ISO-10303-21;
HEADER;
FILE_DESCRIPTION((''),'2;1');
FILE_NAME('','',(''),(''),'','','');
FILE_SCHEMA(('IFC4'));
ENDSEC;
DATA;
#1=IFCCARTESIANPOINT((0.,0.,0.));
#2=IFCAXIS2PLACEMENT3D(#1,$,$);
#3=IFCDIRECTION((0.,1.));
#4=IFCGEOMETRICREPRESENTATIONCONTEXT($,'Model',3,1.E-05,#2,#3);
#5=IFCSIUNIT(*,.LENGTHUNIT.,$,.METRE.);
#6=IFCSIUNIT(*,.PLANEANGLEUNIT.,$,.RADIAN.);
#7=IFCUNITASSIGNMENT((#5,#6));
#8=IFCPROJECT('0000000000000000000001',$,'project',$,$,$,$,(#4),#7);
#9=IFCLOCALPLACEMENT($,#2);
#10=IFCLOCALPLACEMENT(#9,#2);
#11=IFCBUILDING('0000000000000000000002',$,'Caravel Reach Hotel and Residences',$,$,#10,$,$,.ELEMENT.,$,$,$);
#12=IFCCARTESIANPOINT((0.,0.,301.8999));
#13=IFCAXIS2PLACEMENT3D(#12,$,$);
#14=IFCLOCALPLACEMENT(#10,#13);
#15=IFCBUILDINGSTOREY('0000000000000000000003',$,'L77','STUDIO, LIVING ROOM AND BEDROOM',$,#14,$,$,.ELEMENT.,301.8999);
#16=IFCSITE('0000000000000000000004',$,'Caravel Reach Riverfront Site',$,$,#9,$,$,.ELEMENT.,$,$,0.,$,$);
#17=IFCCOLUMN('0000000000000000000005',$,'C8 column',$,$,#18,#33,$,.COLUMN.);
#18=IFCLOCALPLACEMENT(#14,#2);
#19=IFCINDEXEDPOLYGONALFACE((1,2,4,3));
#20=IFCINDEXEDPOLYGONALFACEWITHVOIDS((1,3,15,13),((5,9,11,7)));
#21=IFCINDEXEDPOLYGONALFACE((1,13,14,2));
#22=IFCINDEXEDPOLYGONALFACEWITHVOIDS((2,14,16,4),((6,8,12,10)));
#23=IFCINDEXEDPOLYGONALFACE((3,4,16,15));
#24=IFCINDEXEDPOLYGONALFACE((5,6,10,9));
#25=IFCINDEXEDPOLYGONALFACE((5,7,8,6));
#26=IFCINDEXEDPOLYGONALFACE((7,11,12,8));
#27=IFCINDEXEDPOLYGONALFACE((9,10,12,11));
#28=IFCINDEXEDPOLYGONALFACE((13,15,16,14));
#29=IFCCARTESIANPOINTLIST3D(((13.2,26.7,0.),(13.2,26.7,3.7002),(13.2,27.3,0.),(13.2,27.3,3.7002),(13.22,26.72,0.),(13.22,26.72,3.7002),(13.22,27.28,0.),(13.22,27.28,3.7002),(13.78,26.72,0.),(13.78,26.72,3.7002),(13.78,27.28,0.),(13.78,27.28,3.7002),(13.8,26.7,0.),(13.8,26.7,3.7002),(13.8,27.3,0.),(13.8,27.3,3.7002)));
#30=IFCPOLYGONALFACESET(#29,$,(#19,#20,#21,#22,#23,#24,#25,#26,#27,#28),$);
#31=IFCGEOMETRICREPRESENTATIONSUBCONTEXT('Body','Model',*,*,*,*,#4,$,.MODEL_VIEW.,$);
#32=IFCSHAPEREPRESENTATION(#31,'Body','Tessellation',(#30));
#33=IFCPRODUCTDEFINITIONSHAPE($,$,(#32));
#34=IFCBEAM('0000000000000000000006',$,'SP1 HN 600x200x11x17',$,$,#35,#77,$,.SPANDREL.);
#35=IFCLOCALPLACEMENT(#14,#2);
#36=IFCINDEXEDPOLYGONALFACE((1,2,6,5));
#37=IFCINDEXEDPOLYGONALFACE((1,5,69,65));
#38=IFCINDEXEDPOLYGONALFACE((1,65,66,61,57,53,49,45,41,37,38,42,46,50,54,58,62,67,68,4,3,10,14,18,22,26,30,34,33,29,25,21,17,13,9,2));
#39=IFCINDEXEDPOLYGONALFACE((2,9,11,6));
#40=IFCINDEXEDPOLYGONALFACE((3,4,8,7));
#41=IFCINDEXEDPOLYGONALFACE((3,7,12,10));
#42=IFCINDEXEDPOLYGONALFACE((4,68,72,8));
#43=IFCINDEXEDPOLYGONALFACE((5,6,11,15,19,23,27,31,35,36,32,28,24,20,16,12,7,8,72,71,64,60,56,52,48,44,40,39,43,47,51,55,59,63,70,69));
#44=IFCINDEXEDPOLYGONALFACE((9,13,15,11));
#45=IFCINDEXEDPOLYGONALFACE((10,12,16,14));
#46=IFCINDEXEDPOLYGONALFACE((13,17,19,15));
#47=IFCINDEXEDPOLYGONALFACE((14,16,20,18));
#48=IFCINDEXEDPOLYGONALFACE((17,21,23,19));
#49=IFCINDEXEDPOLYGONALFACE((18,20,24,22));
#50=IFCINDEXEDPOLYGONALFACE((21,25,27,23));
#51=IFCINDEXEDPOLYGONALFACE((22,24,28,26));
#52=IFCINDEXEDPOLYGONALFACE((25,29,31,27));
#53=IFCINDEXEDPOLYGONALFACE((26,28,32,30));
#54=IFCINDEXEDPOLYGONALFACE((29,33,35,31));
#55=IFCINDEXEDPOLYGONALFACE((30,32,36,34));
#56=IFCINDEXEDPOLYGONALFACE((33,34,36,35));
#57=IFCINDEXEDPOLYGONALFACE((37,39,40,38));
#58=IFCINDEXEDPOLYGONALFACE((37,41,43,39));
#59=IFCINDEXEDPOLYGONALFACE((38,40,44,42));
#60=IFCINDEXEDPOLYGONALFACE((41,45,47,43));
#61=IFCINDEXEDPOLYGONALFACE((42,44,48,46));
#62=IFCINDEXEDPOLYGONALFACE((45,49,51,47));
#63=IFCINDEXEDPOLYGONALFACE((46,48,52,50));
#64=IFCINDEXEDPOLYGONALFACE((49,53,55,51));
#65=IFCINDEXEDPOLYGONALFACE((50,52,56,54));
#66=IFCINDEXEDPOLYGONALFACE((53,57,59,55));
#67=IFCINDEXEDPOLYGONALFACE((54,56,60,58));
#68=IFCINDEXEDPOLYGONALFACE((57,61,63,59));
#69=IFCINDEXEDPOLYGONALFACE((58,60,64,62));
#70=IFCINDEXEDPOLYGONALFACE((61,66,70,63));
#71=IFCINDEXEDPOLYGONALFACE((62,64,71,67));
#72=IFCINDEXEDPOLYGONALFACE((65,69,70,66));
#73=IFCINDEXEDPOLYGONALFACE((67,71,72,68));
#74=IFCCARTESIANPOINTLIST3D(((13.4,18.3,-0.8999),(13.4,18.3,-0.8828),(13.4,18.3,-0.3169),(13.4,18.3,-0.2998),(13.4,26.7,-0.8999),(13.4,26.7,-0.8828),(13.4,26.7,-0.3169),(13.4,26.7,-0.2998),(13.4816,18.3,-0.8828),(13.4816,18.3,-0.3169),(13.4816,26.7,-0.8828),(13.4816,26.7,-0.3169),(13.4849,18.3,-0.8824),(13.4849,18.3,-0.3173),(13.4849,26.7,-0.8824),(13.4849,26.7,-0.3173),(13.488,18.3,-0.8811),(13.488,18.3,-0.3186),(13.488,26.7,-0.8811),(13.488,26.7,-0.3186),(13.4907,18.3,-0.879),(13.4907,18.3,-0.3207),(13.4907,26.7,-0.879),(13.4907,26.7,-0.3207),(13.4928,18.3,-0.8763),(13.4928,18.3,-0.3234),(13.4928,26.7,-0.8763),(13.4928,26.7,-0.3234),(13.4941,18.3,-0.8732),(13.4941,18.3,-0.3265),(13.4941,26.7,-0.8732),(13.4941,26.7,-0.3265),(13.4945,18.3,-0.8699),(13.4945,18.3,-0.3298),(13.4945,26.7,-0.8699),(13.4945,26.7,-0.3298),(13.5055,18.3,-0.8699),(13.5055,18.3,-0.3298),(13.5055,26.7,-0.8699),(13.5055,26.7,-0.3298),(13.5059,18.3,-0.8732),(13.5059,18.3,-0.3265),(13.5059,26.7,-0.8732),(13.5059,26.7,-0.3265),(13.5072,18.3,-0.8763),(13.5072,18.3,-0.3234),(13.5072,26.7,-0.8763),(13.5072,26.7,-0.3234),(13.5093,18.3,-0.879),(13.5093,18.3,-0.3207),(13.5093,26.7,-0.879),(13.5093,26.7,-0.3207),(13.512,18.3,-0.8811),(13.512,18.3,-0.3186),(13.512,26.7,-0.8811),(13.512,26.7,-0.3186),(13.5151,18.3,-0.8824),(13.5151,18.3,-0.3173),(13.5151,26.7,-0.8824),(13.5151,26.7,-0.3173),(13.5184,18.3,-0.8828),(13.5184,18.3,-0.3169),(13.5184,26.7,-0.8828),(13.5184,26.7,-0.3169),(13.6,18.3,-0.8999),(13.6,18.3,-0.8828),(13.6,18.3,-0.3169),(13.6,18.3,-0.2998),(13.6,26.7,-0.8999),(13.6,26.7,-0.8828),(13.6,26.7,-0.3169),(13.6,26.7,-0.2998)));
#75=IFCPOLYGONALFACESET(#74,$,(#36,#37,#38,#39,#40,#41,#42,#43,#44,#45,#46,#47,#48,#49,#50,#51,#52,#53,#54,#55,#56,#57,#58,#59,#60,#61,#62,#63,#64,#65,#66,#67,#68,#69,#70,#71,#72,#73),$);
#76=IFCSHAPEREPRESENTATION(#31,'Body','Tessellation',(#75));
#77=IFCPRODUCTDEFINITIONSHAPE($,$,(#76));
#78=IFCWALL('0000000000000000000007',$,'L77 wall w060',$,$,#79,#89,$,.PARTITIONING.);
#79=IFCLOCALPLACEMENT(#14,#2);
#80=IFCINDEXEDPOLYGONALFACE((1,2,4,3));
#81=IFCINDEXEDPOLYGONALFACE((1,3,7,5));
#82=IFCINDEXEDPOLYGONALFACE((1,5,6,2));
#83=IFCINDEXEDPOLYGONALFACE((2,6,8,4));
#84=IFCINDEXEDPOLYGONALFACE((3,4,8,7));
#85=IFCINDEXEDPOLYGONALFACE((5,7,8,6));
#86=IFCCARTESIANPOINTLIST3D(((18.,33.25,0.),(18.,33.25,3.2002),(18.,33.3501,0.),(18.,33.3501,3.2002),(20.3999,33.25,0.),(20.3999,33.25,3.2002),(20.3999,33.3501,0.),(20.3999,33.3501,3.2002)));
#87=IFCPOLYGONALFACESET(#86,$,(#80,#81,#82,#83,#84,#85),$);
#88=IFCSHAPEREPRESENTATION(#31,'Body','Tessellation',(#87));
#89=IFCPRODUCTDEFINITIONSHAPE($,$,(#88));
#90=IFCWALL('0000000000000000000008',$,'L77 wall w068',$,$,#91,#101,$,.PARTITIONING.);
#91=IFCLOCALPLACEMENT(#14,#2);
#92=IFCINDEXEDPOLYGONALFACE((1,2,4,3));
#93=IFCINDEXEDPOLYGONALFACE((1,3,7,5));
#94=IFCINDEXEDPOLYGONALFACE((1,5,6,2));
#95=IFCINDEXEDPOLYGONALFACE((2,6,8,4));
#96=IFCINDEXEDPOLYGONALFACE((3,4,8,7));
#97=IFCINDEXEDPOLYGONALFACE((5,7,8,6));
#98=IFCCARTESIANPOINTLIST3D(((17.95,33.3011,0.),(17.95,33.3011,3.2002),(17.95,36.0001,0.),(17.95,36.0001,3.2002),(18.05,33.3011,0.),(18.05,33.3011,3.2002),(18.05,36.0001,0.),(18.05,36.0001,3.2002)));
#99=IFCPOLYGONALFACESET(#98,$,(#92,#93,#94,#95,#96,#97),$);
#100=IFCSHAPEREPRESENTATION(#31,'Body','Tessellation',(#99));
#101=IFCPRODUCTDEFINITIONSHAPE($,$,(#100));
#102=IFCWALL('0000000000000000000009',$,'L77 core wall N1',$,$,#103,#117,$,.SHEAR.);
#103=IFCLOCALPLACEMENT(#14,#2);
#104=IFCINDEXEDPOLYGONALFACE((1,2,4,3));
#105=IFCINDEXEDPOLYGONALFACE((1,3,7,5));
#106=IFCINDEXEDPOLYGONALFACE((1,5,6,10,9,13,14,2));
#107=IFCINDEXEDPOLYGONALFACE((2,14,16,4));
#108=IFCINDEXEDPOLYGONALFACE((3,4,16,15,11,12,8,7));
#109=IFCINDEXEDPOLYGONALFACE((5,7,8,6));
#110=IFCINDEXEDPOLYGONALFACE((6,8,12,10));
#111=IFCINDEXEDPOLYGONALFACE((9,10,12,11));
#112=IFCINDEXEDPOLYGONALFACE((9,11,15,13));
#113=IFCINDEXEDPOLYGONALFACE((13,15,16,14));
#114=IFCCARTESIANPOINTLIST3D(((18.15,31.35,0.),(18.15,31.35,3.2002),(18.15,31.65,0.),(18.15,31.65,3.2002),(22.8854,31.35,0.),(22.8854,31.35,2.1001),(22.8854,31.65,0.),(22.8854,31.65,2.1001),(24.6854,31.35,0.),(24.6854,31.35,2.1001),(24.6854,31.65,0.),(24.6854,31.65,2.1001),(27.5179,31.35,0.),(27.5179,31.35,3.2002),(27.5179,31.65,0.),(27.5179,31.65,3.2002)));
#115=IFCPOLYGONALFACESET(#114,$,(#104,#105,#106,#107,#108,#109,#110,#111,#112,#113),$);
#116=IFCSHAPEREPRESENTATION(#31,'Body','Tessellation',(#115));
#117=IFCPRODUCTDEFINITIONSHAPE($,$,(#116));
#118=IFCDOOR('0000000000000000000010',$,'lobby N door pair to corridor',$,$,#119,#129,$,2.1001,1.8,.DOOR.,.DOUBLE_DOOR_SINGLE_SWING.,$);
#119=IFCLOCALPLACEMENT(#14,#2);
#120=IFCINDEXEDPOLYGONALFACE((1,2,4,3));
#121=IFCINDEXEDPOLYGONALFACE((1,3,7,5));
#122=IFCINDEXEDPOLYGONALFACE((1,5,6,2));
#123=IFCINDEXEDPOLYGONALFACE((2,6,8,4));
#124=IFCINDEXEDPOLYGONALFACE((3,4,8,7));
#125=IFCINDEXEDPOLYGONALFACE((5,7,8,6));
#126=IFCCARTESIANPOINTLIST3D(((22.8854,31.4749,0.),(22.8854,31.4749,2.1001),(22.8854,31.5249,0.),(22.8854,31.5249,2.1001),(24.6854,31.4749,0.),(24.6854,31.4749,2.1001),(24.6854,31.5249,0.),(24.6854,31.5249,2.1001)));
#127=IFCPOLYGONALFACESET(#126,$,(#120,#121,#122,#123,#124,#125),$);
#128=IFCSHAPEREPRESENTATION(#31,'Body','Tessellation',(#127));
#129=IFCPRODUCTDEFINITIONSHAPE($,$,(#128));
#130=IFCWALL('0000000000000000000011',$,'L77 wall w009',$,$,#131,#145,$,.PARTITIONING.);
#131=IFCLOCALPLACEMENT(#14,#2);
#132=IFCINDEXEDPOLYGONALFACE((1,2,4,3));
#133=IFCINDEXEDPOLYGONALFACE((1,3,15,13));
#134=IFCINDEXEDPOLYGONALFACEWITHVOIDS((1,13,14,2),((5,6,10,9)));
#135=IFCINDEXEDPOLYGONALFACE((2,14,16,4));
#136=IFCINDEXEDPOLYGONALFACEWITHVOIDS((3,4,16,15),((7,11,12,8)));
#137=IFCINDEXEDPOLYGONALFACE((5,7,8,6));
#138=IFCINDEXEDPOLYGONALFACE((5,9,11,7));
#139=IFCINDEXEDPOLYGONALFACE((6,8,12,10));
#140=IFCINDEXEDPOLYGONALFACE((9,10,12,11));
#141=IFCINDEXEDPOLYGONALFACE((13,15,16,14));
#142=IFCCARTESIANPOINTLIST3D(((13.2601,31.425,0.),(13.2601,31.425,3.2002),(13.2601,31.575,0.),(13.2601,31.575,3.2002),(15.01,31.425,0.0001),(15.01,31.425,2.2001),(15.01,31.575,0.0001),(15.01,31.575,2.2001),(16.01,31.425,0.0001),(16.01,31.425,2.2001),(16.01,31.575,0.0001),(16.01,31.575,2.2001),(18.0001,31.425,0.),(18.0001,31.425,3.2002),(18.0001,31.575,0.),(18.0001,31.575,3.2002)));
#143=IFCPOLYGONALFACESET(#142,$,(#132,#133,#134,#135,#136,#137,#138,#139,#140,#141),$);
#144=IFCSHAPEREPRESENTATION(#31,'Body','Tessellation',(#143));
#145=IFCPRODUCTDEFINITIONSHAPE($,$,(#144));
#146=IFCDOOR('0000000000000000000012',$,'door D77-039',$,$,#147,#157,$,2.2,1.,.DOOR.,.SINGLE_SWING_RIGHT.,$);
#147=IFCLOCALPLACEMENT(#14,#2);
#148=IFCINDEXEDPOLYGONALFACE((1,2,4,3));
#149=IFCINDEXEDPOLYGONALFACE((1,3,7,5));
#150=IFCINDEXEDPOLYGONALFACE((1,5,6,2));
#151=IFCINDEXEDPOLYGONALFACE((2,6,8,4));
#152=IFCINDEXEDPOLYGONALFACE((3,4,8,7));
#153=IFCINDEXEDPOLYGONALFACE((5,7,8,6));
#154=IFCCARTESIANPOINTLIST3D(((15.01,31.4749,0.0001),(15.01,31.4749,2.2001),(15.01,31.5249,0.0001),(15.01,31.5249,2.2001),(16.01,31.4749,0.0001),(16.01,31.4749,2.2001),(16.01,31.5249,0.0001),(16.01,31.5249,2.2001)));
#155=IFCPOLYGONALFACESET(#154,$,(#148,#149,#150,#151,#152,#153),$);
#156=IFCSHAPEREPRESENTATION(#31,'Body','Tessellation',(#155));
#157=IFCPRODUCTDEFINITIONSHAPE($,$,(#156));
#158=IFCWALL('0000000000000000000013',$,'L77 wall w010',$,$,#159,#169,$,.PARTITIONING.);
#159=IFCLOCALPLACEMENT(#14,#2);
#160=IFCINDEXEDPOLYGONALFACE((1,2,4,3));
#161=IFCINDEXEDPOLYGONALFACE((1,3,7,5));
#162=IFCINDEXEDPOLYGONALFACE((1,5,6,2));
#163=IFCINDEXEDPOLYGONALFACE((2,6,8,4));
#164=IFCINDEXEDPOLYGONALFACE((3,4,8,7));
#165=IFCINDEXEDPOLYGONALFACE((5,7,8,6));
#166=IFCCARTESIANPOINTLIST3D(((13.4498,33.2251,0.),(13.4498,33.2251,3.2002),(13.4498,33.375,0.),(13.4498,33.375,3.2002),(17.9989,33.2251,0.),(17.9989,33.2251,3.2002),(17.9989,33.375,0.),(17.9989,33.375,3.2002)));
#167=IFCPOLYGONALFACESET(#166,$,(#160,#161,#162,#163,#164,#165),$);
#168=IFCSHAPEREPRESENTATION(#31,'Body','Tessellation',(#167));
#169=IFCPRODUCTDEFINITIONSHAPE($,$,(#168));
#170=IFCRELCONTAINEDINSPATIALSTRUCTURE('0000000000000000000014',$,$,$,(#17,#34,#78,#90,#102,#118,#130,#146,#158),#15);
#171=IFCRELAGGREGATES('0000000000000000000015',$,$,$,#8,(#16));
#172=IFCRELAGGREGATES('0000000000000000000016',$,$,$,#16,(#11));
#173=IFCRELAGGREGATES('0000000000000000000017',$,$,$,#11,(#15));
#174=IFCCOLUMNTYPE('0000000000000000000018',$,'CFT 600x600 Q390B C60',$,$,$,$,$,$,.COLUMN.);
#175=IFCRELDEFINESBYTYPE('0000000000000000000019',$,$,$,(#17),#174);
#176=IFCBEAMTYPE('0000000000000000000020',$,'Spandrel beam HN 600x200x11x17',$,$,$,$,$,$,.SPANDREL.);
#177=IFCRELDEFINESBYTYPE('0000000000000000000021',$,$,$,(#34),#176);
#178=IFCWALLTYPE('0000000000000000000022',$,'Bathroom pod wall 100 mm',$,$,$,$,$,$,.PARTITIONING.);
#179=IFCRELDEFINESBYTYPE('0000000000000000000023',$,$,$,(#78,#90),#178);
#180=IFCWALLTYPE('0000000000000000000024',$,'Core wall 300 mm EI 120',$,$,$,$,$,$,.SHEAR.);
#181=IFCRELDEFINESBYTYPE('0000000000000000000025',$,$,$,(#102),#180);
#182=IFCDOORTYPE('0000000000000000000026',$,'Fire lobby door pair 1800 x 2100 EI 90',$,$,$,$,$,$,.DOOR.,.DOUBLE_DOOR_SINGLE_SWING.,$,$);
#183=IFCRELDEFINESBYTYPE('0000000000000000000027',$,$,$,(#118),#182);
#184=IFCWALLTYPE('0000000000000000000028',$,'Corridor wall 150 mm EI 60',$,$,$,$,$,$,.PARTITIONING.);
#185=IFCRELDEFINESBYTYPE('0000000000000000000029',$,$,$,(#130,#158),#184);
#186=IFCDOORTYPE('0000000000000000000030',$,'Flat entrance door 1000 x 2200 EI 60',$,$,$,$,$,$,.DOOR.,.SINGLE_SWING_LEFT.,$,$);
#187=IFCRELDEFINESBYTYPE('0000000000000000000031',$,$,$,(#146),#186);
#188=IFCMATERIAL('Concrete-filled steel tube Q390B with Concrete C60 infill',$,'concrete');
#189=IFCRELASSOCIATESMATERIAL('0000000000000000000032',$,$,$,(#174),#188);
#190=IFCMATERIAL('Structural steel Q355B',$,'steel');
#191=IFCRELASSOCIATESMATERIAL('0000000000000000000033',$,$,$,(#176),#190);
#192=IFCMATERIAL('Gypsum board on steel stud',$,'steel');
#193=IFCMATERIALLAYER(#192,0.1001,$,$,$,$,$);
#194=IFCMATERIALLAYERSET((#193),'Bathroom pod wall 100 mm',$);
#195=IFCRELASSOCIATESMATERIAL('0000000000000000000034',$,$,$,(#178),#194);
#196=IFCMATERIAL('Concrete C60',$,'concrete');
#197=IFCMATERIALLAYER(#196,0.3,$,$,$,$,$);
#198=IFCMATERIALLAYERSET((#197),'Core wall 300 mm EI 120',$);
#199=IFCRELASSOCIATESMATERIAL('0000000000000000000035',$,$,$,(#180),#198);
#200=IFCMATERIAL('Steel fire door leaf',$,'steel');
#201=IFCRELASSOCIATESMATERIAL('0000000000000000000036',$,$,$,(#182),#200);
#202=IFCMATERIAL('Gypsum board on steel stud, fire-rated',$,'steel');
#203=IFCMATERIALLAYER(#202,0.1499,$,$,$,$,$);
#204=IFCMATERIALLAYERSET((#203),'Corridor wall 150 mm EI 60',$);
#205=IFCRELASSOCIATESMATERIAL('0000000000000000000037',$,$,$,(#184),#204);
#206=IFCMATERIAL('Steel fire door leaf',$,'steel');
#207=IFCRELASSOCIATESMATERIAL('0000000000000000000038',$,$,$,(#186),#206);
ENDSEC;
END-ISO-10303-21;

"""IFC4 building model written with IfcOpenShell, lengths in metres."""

from ifc_helpers import new_model, si_unit, direction, frame, frame_2d, origin, origin_2d, place, context, subcontext, project, spatial, rectangle, hollow_rectangle, i_section, extrude, material, layer, layer_set, material_profile, profile_set, type_object, element, fill, save


model = new_model("IFC4")

# Units and contexts
model_context = context("Model", 3, precision=1e-05, world=origin(), true_north=direction((0.0, 1.0)))
body_context = subcontext(model_context, "Body", "Model", "MODEL_VIEW")
ifc_project = project(units=[si_unit("LENGTHUNIT", "METRE"), si_unit("PLANEANGLEUNIT", "RADIAN")], contexts=[model_context])

# Site, building, storey
site_placement = place(None, origin())
site = spatial("IfcSite", under=ifc_project, at=site_placement, Name="Caravel Reach Riverfront Site", CompositionType="ELEMENT", RefElevation=0.0)
building_placement = place(site_placement, origin())
building = spatial("IfcBuilding", under=site, at=building_placement, Name="Caravel Reach Hotel and Residences", CompositionType="ELEMENT")
storey_placement = place(building_placement, frame((0.0, 0.0, 301.8999)))
storey = spatial("IfcBuildingStorey", under=building, at=storey_placement, Name="L77", Description="STUDIO, LIVING ROOM AND BEDROOM", CompositionType="ELEMENT", Elevation=301.8999)

# Column
ifc_material_1 = material(Name="Concrete-filled steel tube Q390B with Concrete C60 infill", Category="concrete")
ifc_material_profile_1 = material_profile(ifc_material_1, hollow_rectangle(XDim=0.6001, YDim=0.6001, WallThickness=0.02, at=origin_2d()), Name="RHS 600x600x20")
ifc_profile_set_1 = profile_set([ifc_material_profile_1], Name="Concrete-filled steel tube Q390B with Concrete C60 infill")
column_type = type_object("IfcColumnType", Name="CFT 600x600 Q390B C60", PredefinedType="COLUMN", material=ifc_profile_set_1)
column_placement = place(storey_placement, frame((13.5, 27.0, 0.0), z_axis=(0.0, 0.0, 1.0), x_axis=(1.0, 0.0, 0.0)))
element("IfcColumn", 1, at=column_placement, inside=storey, type_object=column_type, Name="C8 column", PredefinedType="COLUMN", context=body_context, shape_type="SweptSolid", body=[
    extrude(hollow_rectangle(XDim=0.6001, YDim=0.6001, WallThickness=0.02, at=origin_2d()), origin(), (0.0, 0.0, 1.0), 3.7002),
])

# Beam
ifc_material_2 = material(Name="Structural steel Q355B", Category="steel")
ifc_material_profile_2 = material_profile(ifc_material_2, i_section(OverallWidth=0.2, OverallDepth=0.6001, WebThickness=0.011, FlangeThickness=0.0171, FilletRadius=0.0129, at=origin_2d()), Name="HN 600x200x11x17")
ifc_profile_set_2 = profile_set([ifc_material_profile_2], Name="Structural steel Q355B")
beam_type = type_object("IfcBeamType", Name="Spandrel beam HN 600x200x11x17", PredefinedType="SPANDREL", material=ifc_profile_set_2)
beam_placement = place(storey_placement, frame((13.5, 26.7, -0.5999), z_axis=(0.0, -1.0, 0.0), x_axis=(1.0, 0.0, 0.0)))
element("IfcBeam", 2, at=beam_placement, inside=storey, type_object=beam_type, Name="SP1 HN 600x200x11x17", PredefinedType="SPANDREL", context=body_context, shape_type="SweptSolid", body=[
    extrude(i_section(OverallWidth=0.2, OverallDepth=0.6001, WebThickness=0.011, FlangeThickness=0.0171, FilletRadius=0.0129, at=origin_2d()), origin(), (0.0, 0.0, 1.0), 8.3999),
])

# Walls
ifc_material_3 = material(Name="Gypsum board on steel stud", Category="steel")
ifc_layer_1 = layer(ifc_material_3, 0.1001)
ifc_layer_set_1 = layer_set([ifc_layer_1], Name="Bathroom pod wall 100 mm")
wall_type_1 = type_object("IfcWallType", Name="Bathroom pod wall 100 mm", PredefinedType="PARTITIONING", material=ifc_layer_set_1)
wall_1_placement = place(storey_placement, frame((18.0, 33.3, 0.0), z_axis=(0.0, 0.0, 1.0), x_axis=(1.0, 0.0, 0.0)))
element("IfcWall", 3, at=wall_1_placement, inside=storey, type_object=wall_type_1, Name="L77 wall w060", PredefinedType="PARTITIONING", context=body_context, shape_type="SweptSolid", body=[
    extrude(rectangle(XDim=2.3999, YDim=0.1001, at=frame_2d((1.2, 0.0))), origin(), (0.0, 0.0, 1.0), 3.2002),
])
wall_2_placement = place(storey_placement, frame((18.0, 33.301, 0.0), z_axis=(0.0, 0.0, 1.0), x_axis=(0.0, 1.0, 0.0)))
element("IfcWall", 4, at=wall_2_placement, inside=storey, type_object=wall_type_1, Name="L77 wall w068", PredefinedType="PARTITIONING", context=body_context, shape_type="SweptSolid", body=[
    extrude(rectangle(XDim=2.699, YDim=0.1001, at=frame_2d((1.3496, 0.0))), origin(), (0.0, 0.0, 1.0), 3.2002),
])

# Walls, openings, doors
ifc_material_4 = material(Name="Concrete C60", Category="concrete")
ifc_layer_2 = layer(ifc_material_4, 0.3)
ifc_layer_set_2 = layer_set([ifc_layer_2], Name="Core wall 300 mm EI 120")
wall_type_2 = type_object("IfcWallType", Name="Core wall 300 mm EI 120", PredefinedType="SHEAR", material=ifc_layer_set_2)
wall_3_placement = place(storey_placement, frame((18.1499, 31.5, 0.0), z_axis=(0.0, 0.0, 1.0), x_axis=(1.0, 0.0, 0.0)))
wall_3 = element("IfcWall", 5, at=wall_3_placement, inside=storey, type_object=wall_type_2, Name="L77 core wall N1", PredefinedType="SHEAR", context=body_context, shape_type="SweptSolid", body=[
    extrude(rectangle(XDim=9.3679, YDim=0.3, at=frame_2d((4.6841, 0.0))), origin(), (0.0, 0.0, 1.0), 3.2002),
])
opening_1_placement = place(wall_3_placement, frame((4.7356, 0.0, 0.0)))
opening_1 = element("IfcOpeningElement", 6, at=opening_1_placement, cuts=wall_3, PredefinedType="OPENING", context=body_context, shape_type="SweptSolid", body=[
    extrude(rectangle(XDim=1.8, YDim=2.1001, at=frame_2d((0.8999, 1.05))), frame((0.0, 0.1599, 0.0), z_axis=(0.0, -1.0, 0.0), x_axis=(1.0, 0.0, 0.0)), (0.0, 0.0, 1.0), 0.3201),
])
ifc_material_5 = material(Name="Steel fire door leaf", Category="steel")
door_type_1 = type_object("IfcDoorType", Name="Fire lobby door pair 1800 x 2100 EI 90", OperationType="DOUBLE_DOOR_SINGLE_SWING", PredefinedType="DOOR", material=ifc_material_5)
door_1_placement = place(opening_1_placement, origin())
door_1 = element("IfcDoor", 7, at=door_1_placement, inside=storey, type_object=door_type_1, Name="lobby N door pair to corridor", OperationType="DOUBLE_DOOR_SINGLE_SWING", OverallHeight=2.1001, OverallWidth=1.8, PredefinedType="DOOR", context=body_context, shape_type="SweptSolid", body=[
    extrude(rectangle(XDim=1.8, YDim=2.1001, at=frame_2d((0.8999, 1.05))), frame((0.0, 0.0249, 0.0), z_axis=(0.0, -1.0, 0.0), x_axis=(1.0, 0.0, 0.0)), (0.0, 0.0, 1.0), 0.05),
])
fill(opening_1, door_1)
ifc_material_6 = material(Name="Gypsum board on steel stud, fire-rated", Category="steel")
ifc_layer_3 = layer(ifc_material_6, 0.1499)
ifc_layer_set_3 = layer_set([ifc_layer_3], Name="Corridor wall 150 mm EI 60")
wall_type_3 = type_object("IfcWallType", Name="Corridor wall 150 mm EI 60", PredefinedType="PARTITIONING", material=ifc_layer_set_3)
wall_4_placement = place(storey_placement, frame((13.26, 31.5, 0.0), z_axis=(0.0, 0.0, 1.0), x_axis=(1.0, 0.0, 0.0)))
wall_4 = element("IfcWall", 8, at=wall_4_placement, inside=storey, type_object=wall_type_3, Name="L77 wall w009", PredefinedType="PARTITIONING", context=body_context, shape_type="SweptSolid", body=[
    extrude(rectangle(XDim=4.74, YDim=0.1499, at=frame_2d((2.3701, 0.0))), origin(), (0.0, 0.0, 1.0), 3.2002),
])
opening_2_placement = place(wall_4_placement, frame((1.75, 0.0, 0.0)))
opening_2 = element("IfcOpeningElement", 9, at=opening_2_placement, cuts=wall_4, PredefinedType="OPENING", context=body_context, shape_type="SweptSolid", body=[
    extrude(rectangle(XDim=1.0, YDim=2.2, at=frame_2d((0.5, 1.1001))), frame((0.0, 0.085, 0.0), z_axis=(0.0, -1.0, 0.0), x_axis=(1.0, 0.0, 0.0)), (0.0, 0.0, 1.0), 0.1699),
])
ifc_material_7 = material(Name="Steel fire door leaf", Category="steel")
door_type_2 = type_object("IfcDoorType", Name="Flat entrance door 1000 x 2200 EI 60", OperationType="SINGLE_SWING_LEFT", PredefinedType="DOOR", material=ifc_material_7)
door_2_placement = place(opening_2_placement, origin())
door_2 = element("IfcDoor", 10, at=door_2_placement, inside=storey, type_object=door_type_2, Name="door D77-039", OperationType="SINGLE_SWING_RIGHT", OverallHeight=2.2, OverallWidth=1.0, PredefinedType="DOOR", context=body_context, shape_type="SweptSolid", body=[
    extrude(rectangle(XDim=1.0, YDim=2.2, at=frame_2d((0.5, 1.1001))), frame((0.0, 0.0249, 0.0), z_axis=(0.0, -1.0, 0.0), x_axis=(1.0, 0.0, 0.0)), (0.0, 0.0, 1.0), 0.05),
])
fill(opening_2, door_2)

# Wall
wall_5_placement = place(storey_placement, frame((13.45, 33.3, 0.0), z_axis=(0.0, 0.0, 1.0), x_axis=(1.0, 0.0, 0.0)))
element("IfcWall", 11, at=wall_5_placement, inside=storey, type_object=wall_type_3, Name="L77 wall w010", PredefinedType="PARTITIONING", context=body_context, shape_type="SweptSolid", body=[
    extrude(rectangle(XDim=4.5491, YDim=0.1499, at=frame_2d((2.2744, 0.0))), origin(), (0.0, 0.0, 1.0), 3.2002),
])

save(model, "model.ifc")
